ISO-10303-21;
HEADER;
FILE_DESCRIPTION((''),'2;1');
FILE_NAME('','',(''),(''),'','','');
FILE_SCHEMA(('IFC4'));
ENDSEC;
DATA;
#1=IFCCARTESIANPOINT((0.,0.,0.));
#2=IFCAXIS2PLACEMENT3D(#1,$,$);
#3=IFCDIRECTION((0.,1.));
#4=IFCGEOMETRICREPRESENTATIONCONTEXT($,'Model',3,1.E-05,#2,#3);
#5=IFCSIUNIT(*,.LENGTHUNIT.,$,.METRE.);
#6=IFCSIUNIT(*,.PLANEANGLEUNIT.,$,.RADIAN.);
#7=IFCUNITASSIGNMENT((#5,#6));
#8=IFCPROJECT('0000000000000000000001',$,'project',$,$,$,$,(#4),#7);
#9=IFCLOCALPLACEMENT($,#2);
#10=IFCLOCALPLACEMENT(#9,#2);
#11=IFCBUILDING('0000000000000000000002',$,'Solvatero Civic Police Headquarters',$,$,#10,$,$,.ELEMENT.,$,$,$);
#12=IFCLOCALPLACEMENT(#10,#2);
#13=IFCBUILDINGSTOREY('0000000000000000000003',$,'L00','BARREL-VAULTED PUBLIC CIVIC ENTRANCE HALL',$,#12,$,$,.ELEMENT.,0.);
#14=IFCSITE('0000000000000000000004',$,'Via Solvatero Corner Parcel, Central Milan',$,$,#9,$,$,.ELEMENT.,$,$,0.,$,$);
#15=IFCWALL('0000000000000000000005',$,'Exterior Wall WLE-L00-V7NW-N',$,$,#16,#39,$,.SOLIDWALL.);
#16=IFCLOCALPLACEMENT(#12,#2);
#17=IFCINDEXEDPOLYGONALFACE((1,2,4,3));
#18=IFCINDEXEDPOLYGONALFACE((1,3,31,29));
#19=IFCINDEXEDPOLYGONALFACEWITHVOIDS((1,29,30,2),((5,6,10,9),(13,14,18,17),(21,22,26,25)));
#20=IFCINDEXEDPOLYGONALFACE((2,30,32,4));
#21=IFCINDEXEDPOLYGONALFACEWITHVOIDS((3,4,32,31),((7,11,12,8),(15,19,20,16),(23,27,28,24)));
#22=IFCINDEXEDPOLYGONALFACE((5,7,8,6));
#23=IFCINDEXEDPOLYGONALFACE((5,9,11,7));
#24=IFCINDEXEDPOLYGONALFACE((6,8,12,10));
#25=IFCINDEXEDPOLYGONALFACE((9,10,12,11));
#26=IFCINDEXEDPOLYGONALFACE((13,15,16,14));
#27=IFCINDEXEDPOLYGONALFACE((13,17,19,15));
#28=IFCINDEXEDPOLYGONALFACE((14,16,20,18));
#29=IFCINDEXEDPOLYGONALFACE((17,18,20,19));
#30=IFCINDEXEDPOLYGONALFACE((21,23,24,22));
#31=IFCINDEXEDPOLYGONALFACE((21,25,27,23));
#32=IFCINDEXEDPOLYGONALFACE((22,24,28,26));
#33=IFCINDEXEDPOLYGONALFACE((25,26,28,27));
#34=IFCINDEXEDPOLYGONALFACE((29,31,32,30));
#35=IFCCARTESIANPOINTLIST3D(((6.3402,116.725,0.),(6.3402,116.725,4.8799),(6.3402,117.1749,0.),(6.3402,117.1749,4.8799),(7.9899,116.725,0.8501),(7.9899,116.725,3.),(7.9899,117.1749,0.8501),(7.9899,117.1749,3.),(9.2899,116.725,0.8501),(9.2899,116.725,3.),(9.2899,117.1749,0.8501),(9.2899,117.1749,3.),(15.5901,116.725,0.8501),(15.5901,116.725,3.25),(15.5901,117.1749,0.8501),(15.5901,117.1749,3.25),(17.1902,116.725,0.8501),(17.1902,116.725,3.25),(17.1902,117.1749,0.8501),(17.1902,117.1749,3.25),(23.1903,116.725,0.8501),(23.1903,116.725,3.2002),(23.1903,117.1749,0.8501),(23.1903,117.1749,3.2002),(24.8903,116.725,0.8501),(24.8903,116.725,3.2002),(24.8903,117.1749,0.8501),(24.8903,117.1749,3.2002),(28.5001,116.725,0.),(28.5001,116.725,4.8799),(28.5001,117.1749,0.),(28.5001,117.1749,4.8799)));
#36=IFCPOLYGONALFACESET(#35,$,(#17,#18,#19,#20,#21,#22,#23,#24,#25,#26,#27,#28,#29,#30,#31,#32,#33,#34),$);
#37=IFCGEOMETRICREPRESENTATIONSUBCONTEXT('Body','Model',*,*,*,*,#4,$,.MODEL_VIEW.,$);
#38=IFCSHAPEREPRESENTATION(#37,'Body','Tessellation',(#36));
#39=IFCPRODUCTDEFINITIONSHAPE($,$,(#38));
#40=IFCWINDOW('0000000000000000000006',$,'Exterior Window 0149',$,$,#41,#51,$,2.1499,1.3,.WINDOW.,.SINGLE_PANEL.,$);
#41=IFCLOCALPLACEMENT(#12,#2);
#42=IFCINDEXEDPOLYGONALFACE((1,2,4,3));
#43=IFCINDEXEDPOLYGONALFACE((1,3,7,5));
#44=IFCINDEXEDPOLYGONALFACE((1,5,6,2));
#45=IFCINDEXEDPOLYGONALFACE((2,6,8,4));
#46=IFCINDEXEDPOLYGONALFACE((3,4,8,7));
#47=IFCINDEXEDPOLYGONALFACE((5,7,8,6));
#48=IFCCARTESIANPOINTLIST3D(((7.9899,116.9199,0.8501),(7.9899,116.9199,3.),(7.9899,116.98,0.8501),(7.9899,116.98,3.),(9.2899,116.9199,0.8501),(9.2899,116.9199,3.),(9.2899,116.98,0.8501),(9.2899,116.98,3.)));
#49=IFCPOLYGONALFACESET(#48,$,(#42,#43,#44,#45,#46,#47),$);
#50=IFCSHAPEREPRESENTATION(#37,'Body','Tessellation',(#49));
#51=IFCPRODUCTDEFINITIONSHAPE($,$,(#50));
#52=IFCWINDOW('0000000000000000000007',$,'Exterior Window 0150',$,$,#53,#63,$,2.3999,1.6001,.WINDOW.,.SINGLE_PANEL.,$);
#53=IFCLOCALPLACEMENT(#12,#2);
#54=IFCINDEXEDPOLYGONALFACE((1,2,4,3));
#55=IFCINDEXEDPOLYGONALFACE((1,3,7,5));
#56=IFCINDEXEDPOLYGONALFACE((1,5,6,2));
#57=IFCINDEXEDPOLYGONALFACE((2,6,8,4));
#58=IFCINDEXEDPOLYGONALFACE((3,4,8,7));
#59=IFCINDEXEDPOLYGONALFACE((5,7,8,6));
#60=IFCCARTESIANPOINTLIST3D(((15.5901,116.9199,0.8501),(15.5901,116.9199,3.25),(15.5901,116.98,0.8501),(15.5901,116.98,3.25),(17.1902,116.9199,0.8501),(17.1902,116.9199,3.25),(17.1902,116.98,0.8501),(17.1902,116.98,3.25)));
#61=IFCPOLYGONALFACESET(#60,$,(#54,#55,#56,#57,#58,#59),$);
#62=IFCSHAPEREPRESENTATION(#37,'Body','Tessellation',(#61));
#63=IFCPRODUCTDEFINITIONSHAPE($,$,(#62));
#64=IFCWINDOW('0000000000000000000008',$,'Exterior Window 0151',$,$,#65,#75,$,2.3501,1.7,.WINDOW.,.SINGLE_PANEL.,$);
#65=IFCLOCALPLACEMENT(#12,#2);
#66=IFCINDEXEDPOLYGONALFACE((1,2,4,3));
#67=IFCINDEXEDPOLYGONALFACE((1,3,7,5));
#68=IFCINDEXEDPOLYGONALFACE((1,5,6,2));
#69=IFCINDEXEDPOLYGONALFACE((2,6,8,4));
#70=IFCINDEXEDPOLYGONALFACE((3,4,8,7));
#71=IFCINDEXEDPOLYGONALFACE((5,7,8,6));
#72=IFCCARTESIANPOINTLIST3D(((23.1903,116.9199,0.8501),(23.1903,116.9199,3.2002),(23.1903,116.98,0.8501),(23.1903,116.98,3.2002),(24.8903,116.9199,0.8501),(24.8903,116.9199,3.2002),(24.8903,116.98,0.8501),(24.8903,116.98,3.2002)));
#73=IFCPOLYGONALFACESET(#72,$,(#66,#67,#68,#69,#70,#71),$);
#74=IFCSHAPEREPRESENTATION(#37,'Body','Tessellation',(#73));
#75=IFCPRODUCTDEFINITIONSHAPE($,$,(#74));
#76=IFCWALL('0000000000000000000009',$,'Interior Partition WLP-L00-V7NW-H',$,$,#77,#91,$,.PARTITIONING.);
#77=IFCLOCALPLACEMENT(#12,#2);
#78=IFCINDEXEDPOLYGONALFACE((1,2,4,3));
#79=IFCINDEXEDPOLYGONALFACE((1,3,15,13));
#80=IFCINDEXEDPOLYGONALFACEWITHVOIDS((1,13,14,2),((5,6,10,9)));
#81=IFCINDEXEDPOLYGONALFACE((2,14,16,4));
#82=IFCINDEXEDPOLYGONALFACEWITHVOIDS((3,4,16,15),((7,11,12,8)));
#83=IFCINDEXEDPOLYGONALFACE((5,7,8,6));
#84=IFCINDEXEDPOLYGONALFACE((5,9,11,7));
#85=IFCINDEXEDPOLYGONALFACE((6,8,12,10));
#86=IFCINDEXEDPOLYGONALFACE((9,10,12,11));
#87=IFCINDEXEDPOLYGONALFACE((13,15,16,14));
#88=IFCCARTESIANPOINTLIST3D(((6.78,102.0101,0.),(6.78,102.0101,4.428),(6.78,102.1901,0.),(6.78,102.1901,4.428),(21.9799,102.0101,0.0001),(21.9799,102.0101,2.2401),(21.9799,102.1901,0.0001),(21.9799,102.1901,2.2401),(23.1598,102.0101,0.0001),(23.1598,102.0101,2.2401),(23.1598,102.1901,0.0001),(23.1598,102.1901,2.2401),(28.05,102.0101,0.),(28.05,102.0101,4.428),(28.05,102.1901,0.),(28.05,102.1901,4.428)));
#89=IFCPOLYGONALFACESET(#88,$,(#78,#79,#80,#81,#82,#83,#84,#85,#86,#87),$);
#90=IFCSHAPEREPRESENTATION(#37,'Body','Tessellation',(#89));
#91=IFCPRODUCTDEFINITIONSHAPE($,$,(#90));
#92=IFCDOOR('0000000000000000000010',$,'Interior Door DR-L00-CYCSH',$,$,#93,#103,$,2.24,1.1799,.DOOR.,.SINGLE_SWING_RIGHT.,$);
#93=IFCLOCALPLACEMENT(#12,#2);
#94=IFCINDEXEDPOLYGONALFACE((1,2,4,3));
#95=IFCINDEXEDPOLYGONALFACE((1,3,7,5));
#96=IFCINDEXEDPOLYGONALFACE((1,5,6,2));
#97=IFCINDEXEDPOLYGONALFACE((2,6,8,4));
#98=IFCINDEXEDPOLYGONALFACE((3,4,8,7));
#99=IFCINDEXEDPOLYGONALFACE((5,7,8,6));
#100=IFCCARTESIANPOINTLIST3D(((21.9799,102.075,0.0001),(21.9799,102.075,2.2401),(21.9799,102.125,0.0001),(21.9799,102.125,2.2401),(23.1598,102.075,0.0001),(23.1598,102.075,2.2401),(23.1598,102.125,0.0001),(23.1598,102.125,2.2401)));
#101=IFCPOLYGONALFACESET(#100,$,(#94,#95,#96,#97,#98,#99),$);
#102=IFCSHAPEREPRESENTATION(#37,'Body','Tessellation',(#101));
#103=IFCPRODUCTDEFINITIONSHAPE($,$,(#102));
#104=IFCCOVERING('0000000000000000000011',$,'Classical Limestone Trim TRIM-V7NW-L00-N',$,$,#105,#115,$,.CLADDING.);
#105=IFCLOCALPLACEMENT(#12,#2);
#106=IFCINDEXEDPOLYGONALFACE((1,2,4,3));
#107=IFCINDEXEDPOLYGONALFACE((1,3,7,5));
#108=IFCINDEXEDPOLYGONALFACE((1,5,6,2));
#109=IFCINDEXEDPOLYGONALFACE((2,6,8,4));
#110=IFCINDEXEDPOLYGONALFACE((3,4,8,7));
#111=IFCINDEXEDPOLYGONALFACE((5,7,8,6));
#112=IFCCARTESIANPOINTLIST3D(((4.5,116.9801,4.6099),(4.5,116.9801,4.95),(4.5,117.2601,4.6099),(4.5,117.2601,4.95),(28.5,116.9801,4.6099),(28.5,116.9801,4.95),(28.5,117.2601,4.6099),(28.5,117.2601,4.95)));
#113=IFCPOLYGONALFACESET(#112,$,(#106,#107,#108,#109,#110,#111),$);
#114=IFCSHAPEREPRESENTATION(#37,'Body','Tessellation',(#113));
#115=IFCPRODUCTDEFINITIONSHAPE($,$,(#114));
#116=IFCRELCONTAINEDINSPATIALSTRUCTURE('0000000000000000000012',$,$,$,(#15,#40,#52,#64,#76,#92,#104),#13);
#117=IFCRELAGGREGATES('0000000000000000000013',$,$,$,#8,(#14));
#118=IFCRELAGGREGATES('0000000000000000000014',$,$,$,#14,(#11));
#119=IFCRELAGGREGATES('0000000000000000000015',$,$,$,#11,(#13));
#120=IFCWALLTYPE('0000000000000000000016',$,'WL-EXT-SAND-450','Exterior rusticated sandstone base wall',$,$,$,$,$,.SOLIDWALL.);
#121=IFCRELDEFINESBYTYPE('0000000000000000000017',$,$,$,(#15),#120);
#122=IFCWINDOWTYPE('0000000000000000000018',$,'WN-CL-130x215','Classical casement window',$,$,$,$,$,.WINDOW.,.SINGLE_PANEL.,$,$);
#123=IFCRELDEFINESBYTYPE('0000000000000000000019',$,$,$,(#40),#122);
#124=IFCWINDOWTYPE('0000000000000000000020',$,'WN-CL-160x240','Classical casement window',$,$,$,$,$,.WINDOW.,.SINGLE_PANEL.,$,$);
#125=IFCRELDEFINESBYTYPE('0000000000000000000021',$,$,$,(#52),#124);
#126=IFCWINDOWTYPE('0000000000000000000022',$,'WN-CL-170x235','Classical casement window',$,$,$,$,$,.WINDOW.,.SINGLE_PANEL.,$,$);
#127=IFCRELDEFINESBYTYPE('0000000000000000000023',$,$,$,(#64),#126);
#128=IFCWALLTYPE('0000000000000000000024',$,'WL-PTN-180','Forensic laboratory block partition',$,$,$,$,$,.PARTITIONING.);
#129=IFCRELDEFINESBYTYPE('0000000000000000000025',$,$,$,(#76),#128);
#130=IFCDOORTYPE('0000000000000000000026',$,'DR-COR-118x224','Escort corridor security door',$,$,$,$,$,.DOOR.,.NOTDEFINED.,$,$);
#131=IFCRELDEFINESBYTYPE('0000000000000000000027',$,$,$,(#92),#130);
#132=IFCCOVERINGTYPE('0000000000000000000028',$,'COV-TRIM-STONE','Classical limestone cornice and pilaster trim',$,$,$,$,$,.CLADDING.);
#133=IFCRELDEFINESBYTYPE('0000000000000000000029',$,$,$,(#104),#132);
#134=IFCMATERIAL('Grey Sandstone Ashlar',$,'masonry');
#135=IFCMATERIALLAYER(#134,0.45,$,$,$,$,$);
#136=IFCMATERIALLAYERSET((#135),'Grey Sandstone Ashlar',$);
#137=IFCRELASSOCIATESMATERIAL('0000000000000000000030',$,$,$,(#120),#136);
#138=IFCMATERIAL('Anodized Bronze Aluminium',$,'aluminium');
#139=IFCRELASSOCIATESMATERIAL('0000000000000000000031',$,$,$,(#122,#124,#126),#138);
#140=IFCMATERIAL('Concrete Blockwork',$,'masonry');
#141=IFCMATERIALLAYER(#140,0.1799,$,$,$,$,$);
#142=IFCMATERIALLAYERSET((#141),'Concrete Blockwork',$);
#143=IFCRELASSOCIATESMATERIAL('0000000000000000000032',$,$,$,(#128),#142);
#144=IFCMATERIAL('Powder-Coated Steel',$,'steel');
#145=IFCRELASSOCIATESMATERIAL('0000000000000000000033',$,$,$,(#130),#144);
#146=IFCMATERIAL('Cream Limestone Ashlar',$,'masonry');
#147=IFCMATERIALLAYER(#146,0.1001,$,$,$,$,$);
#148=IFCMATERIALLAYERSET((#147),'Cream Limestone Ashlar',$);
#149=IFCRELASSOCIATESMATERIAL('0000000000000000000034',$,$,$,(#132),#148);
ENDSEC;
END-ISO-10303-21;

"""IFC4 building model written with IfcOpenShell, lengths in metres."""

from ifc_helpers import new_model, si_unit, direction, frame, frame_2d, origin, origin_2d, place, context, subcontext, project, spatial, rectangle, extrude, material, layer, layer_set, type_object, element, fill, save


model = new_model("IFC4")

# Units and contexts
model_context = context("Model", 3, precision=1e-05, world=origin(), true_north=direction((0.0, 1.0)))
body_context = subcontext(model_context, "Body", "Model", "MODEL_VIEW")
ifc_project = project(units=[si_unit("LENGTHUNIT", "METRE"), si_unit("PLANEANGLEUNIT", "RADIAN")], contexts=[model_context])

# Site, building, storey
site_placement = place(None, origin())
site = spatial("IfcSite", under=ifc_project, at=site_placement, Name="Via Solvatero Corner Parcel, Central Milan", CompositionType="ELEMENT", RefElevation=0.0)
building_placement = place(site_placement, origin())
building = spatial("IfcBuilding", under=site, at=building_placement, Name="Solvatero Civic Police Headquarters", CompositionType="ELEMENT")
storey_placement = place(building_placement, origin())
storey = spatial("IfcBuildingStorey", under=building, at=storey_placement, Name="L00", Description="BARREL-VAULTED PUBLIC CIVIC ENTRANCE HALL", CompositionType="ELEMENT", Elevation=0.0)

# Wall, openings, windows
ifc_material_1 = material(Name="Grey Sandstone Ashlar", Category="masonry")
ifc_layer_1 = layer(ifc_material_1, 0.45)
ifc_layer_set_1 = layer_set([ifc_layer_1], Name="Grey Sandstone Ashlar")
wall_type_1 = type_object("IfcWallType", Name="WL-EXT-SAND-450", Description="Exterior rusticated sandstone base wall", PredefinedType="SOLIDWALL", material=ifc_layer_set_1)
wall_1_placement = place(storey_placement, frame((6.3401, 116.95, 0.0), z_axis=(0.0, 0.0, 1.0), x_axis=(1.0, 0.0, 0.0)))
wall_1 = element("IfcWall", 1, at=wall_1_placement, inside=storey, type_object=wall_type_1, Name="Exterior Wall WLE-L00-V7NW-N", PredefinedType="SOLIDWALL", context=body_context, shape_type="SweptSolid", body=[
    extrude(rectangle(XDim=22.1599, YDim=0.45, at=frame_2d((11.0801, 0.0))), origin(), (0.0, 0.0, 1.0), 4.8799),
])
opening_1_placement = place(wall_1_placement, frame((1.6499, 0.0, 0.8501)))
opening_1 = element("IfcOpeningElement", 2, at=opening_1_placement, cuts=wall_1, PredefinedType="OPENING", context=body_context, shape_type="SweptSolid", body=[
    extrude(rectangle(XDim=1.3, YDim=2.1499, at=frame_2d((0.6499, 1.075))), frame((0.0, 0.2349, 0.0), z_axis=(0.0, -1.0, 0.0), x_axis=(1.0, 0.0, 0.0)), (0.0, 0.0, 1.0), 0.47),
])
opening_2_placement = place(wall_1_placement, frame((9.25, 0.0, 0.8501)))
opening_2 = element("IfcOpeningElement", 3, at=opening_2_placement, cuts=wall_1, PredefinedType="OPENING", context=body_context, shape_type="SweptSolid", body=[
    extrude(rectangle(XDim=1.6001, YDim=2.3999, at=frame_2d((0.8, 1.2))), frame((0.0, 0.2349, 0.0), z_axis=(0.0, -1.0, 0.0), x_axis=(1.0, 0.0, 0.0)), (0.0, 0.0, 1.0), 0.47),
])
opening_3_placement = place(wall_1_placement, frame((16.8501, 0.0, 0.8501)))
opening_3 = element("IfcOpeningElement", 4, at=opening_3_placement, cuts=wall_1, PredefinedType="OPENING", context=body_context, shape_type="SweptSolid", body=[
    extrude(rectangle(XDim=1.7, YDim=2.3501, at=frame_2d((0.8501, 1.175))), frame((0.0, 0.2349, 0.0), z_axis=(0.0, -1.0, 0.0), x_axis=(1.0, 0.0, 0.0)), (0.0, 0.0, 1.0), 0.47),
])
ifc_material_2 = material(Name="Anodized Bronze Aluminium", Category="aluminium")
window_type_1 = type_object("IfcWindowType", Name="WN-CL-130x215", Description="Classical casement window", PartitioningType="SINGLE_PANEL", PredefinedType="WINDOW", material=ifc_material_2)
window_1_placement = place(opening_1_placement, origin())
window_1 = element("IfcWindow", 5, at=window_1_placement, inside=storey, type_object=window_type_1, Name="Exterior Window 0149", OverallHeight=2.1499, OverallWidth=1.3, PartitioningType="SINGLE_PANEL", PredefinedType="WINDOW", context=body_context, shape_type="SweptSolid", body=[
    extrude(rectangle(XDim=1.3, YDim=2.1499, at=frame_2d((0.6499, 1.075))), frame((0.0, 0.03, 0.0), z_axis=(0.0, -1.0, 0.0), x_axis=(1.0, 0.0, 0.0)), (0.0, 0.0, 1.0), 0.0601),
])
fill(opening_1, window_1)
window_type_2 = type_object("IfcWindowType", Name="WN-CL-160x240", Description="Classical casement window", PartitioningType="SINGLE_PANEL", PredefinedType="WINDOW", material=ifc_material_2)
window_2_placement = place(opening_2_placement, origin())
window_2 = element("IfcWindow", 6, at=window_2_placement, inside=storey, type_object=window_type_2, Name="Exterior Window 0150", OverallHeight=2.3999, OverallWidth=1.6001, PartitioningType="SINGLE_PANEL", PredefinedType="WINDOW", context=body_context, shape_type="SweptSolid", body=[
    extrude(rectangle(XDim=1.6001, YDim=2.3999, at=frame_2d((0.8, 1.2))), frame((0.0, 0.03, 0.0), z_axis=(0.0, -1.0, 0.0), x_axis=(1.0, 0.0, 0.0)), (0.0, 0.0, 1.0), 0.0601),
])
fill(opening_2, window_2)
window_type_3 = type_object("IfcWindowType", Name="WN-CL-170x235", Description="Classical casement window", PartitioningType="SINGLE_PANEL", PredefinedType="WINDOW", material=ifc_material_2)
window_3_placement = place(opening_3_placement, origin())
window_3 = element("IfcWindow", 7, at=window_3_placement, inside=storey, type_object=window_type_3, Name="Exterior Window 0151", OverallHeight=2.3501, OverallWidth=1.7, PartitioningType="SINGLE_PANEL", PredefinedType="WINDOW", context=body_context, shape_type="SweptSolid", body=[
    extrude(rectangle(XDim=1.7, YDim=2.3501, at=frame_2d((0.8501, 1.175))), frame((0.0, 0.03, 0.0), z_axis=(0.0, -1.0, 0.0), x_axis=(1.0, 0.0, 0.0)), (0.0, 0.0, 1.0), 0.0601),
])
fill(opening_3, window_3)

# Wall, opening, door
ifc_material_3 = material(Name="Concrete Blockwork", Category="masonry")
ifc_layer_2 = layer(ifc_material_3, 0.1799)
ifc_layer_set_2 = layer_set([ifc_layer_2], Name="Concrete Blockwork")
wall_type_2 = type_object("IfcWallType", Name="WL-PTN-180", Description="Forensic laboratory block partition", PredefinedType="PARTITIONING", material=ifc_layer_set_2)
wall_2_placement = place(storey_placement, frame((6.78, 102.1001, 0.0), z_axis=(0.0, 0.0, 1.0), x_axis=(1.0, 0.0, 0.0)))
wall_2 = element("IfcWall", 8, at=wall_2_placement, inside=storey, type_object=wall_type_2, Name="Interior Partition WLP-L00-V7NW-H", PredefinedType="PARTITIONING", context=body_context, shape_type="SweptSolid", body=[
    extrude(rectangle(XDim=21.27, YDim=0.1799, at=frame_2d((10.635, 0.0))), origin(), (0.0, 0.0, 1.0), 4.428),
])
opening_4_placement = place(wall_2_placement, frame((15.2, 0.0, 0.0)))
opening_4 = element("IfcOpeningElement", 9, at=opening_4_placement, cuts=wall_2, PredefinedType="OPENING", context=body_context, shape_type="SweptSolid", body=[
    extrude(rectangle(XDim=1.1799, YDim=2.24, at=frame_2d((0.5898, 1.1201))), frame((0.0, 0.0999, 0.0), z_axis=(0.0, -1.0, 0.0), x_axis=(1.0, 0.0, 0.0)), (0.0, 0.0, 1.0), 0.2),
])
ifc_material_4 = material(Name="Powder-Coated Steel", Category="steel")
door_type = type_object("IfcDoorType", Name="DR-COR-118x224", Description="Escort corridor security door", OperationType="NOTDEFINED", PredefinedType="DOOR", material=ifc_material_4)
door_placement = place(opening_4_placement, origin())
door = element("IfcDoor", 10, at=door_placement, inside=storey, type_object=door_type, Name="Interior Door DR-L00-CYCSH", OperationType="SINGLE_SWING_RIGHT", OverallHeight=2.24, OverallWidth=1.1799, PredefinedType="DOOR", context=body_context, shape_type="SweptSolid", body=[
    extrude(rectangle(XDim=1.1799, YDim=2.24, at=frame_2d((0.5898, 1.1201))), frame((0.0, 0.0249, 0.0), z_axis=(0.0, -1.0, 0.0), x_axis=(1.0, 0.0, 0.0)), (0.0, 0.0, 1.0), 0.05),
])
fill(opening_4, door)

# Covering
ifc_material_5 = material(Name="Cream Limestone Ashlar", Category="masonry")
ifc_layer_3 = layer(ifc_material_5, 0.1001)
ifc_layer_set_3 = layer_set([ifc_layer_3], Name="Cream Limestone Ashlar")
covering_type = type_object("IfcCoveringType", Name="COV-TRIM-STONE", Description="Classical limestone cornice and pilaster trim", PredefinedType="CLADDING", material=ifc_layer_set_3)
covering_placement = place(storey_placement, frame((16.5, 117.1201, 4.6099), z_axis=(0.0, 0.0, 1.0), x_axis=(1.0, 0.0, 0.0)))
element("IfcCovering", 11, at=covering_placement, inside=storey, type_object=covering_type, Name="Classical Limestone Trim TRIM-V7NW-L00-N", PredefinedType="CLADDING", context=body_context, shape_type="SweptSolid", body=[
    extrude(rectangle(XDim=24.0, YDim=0.28, at=origin_2d()), origin(), (0.0, 0.0, 1.0), 0.3401),
])

save(model, "model.ifc")
